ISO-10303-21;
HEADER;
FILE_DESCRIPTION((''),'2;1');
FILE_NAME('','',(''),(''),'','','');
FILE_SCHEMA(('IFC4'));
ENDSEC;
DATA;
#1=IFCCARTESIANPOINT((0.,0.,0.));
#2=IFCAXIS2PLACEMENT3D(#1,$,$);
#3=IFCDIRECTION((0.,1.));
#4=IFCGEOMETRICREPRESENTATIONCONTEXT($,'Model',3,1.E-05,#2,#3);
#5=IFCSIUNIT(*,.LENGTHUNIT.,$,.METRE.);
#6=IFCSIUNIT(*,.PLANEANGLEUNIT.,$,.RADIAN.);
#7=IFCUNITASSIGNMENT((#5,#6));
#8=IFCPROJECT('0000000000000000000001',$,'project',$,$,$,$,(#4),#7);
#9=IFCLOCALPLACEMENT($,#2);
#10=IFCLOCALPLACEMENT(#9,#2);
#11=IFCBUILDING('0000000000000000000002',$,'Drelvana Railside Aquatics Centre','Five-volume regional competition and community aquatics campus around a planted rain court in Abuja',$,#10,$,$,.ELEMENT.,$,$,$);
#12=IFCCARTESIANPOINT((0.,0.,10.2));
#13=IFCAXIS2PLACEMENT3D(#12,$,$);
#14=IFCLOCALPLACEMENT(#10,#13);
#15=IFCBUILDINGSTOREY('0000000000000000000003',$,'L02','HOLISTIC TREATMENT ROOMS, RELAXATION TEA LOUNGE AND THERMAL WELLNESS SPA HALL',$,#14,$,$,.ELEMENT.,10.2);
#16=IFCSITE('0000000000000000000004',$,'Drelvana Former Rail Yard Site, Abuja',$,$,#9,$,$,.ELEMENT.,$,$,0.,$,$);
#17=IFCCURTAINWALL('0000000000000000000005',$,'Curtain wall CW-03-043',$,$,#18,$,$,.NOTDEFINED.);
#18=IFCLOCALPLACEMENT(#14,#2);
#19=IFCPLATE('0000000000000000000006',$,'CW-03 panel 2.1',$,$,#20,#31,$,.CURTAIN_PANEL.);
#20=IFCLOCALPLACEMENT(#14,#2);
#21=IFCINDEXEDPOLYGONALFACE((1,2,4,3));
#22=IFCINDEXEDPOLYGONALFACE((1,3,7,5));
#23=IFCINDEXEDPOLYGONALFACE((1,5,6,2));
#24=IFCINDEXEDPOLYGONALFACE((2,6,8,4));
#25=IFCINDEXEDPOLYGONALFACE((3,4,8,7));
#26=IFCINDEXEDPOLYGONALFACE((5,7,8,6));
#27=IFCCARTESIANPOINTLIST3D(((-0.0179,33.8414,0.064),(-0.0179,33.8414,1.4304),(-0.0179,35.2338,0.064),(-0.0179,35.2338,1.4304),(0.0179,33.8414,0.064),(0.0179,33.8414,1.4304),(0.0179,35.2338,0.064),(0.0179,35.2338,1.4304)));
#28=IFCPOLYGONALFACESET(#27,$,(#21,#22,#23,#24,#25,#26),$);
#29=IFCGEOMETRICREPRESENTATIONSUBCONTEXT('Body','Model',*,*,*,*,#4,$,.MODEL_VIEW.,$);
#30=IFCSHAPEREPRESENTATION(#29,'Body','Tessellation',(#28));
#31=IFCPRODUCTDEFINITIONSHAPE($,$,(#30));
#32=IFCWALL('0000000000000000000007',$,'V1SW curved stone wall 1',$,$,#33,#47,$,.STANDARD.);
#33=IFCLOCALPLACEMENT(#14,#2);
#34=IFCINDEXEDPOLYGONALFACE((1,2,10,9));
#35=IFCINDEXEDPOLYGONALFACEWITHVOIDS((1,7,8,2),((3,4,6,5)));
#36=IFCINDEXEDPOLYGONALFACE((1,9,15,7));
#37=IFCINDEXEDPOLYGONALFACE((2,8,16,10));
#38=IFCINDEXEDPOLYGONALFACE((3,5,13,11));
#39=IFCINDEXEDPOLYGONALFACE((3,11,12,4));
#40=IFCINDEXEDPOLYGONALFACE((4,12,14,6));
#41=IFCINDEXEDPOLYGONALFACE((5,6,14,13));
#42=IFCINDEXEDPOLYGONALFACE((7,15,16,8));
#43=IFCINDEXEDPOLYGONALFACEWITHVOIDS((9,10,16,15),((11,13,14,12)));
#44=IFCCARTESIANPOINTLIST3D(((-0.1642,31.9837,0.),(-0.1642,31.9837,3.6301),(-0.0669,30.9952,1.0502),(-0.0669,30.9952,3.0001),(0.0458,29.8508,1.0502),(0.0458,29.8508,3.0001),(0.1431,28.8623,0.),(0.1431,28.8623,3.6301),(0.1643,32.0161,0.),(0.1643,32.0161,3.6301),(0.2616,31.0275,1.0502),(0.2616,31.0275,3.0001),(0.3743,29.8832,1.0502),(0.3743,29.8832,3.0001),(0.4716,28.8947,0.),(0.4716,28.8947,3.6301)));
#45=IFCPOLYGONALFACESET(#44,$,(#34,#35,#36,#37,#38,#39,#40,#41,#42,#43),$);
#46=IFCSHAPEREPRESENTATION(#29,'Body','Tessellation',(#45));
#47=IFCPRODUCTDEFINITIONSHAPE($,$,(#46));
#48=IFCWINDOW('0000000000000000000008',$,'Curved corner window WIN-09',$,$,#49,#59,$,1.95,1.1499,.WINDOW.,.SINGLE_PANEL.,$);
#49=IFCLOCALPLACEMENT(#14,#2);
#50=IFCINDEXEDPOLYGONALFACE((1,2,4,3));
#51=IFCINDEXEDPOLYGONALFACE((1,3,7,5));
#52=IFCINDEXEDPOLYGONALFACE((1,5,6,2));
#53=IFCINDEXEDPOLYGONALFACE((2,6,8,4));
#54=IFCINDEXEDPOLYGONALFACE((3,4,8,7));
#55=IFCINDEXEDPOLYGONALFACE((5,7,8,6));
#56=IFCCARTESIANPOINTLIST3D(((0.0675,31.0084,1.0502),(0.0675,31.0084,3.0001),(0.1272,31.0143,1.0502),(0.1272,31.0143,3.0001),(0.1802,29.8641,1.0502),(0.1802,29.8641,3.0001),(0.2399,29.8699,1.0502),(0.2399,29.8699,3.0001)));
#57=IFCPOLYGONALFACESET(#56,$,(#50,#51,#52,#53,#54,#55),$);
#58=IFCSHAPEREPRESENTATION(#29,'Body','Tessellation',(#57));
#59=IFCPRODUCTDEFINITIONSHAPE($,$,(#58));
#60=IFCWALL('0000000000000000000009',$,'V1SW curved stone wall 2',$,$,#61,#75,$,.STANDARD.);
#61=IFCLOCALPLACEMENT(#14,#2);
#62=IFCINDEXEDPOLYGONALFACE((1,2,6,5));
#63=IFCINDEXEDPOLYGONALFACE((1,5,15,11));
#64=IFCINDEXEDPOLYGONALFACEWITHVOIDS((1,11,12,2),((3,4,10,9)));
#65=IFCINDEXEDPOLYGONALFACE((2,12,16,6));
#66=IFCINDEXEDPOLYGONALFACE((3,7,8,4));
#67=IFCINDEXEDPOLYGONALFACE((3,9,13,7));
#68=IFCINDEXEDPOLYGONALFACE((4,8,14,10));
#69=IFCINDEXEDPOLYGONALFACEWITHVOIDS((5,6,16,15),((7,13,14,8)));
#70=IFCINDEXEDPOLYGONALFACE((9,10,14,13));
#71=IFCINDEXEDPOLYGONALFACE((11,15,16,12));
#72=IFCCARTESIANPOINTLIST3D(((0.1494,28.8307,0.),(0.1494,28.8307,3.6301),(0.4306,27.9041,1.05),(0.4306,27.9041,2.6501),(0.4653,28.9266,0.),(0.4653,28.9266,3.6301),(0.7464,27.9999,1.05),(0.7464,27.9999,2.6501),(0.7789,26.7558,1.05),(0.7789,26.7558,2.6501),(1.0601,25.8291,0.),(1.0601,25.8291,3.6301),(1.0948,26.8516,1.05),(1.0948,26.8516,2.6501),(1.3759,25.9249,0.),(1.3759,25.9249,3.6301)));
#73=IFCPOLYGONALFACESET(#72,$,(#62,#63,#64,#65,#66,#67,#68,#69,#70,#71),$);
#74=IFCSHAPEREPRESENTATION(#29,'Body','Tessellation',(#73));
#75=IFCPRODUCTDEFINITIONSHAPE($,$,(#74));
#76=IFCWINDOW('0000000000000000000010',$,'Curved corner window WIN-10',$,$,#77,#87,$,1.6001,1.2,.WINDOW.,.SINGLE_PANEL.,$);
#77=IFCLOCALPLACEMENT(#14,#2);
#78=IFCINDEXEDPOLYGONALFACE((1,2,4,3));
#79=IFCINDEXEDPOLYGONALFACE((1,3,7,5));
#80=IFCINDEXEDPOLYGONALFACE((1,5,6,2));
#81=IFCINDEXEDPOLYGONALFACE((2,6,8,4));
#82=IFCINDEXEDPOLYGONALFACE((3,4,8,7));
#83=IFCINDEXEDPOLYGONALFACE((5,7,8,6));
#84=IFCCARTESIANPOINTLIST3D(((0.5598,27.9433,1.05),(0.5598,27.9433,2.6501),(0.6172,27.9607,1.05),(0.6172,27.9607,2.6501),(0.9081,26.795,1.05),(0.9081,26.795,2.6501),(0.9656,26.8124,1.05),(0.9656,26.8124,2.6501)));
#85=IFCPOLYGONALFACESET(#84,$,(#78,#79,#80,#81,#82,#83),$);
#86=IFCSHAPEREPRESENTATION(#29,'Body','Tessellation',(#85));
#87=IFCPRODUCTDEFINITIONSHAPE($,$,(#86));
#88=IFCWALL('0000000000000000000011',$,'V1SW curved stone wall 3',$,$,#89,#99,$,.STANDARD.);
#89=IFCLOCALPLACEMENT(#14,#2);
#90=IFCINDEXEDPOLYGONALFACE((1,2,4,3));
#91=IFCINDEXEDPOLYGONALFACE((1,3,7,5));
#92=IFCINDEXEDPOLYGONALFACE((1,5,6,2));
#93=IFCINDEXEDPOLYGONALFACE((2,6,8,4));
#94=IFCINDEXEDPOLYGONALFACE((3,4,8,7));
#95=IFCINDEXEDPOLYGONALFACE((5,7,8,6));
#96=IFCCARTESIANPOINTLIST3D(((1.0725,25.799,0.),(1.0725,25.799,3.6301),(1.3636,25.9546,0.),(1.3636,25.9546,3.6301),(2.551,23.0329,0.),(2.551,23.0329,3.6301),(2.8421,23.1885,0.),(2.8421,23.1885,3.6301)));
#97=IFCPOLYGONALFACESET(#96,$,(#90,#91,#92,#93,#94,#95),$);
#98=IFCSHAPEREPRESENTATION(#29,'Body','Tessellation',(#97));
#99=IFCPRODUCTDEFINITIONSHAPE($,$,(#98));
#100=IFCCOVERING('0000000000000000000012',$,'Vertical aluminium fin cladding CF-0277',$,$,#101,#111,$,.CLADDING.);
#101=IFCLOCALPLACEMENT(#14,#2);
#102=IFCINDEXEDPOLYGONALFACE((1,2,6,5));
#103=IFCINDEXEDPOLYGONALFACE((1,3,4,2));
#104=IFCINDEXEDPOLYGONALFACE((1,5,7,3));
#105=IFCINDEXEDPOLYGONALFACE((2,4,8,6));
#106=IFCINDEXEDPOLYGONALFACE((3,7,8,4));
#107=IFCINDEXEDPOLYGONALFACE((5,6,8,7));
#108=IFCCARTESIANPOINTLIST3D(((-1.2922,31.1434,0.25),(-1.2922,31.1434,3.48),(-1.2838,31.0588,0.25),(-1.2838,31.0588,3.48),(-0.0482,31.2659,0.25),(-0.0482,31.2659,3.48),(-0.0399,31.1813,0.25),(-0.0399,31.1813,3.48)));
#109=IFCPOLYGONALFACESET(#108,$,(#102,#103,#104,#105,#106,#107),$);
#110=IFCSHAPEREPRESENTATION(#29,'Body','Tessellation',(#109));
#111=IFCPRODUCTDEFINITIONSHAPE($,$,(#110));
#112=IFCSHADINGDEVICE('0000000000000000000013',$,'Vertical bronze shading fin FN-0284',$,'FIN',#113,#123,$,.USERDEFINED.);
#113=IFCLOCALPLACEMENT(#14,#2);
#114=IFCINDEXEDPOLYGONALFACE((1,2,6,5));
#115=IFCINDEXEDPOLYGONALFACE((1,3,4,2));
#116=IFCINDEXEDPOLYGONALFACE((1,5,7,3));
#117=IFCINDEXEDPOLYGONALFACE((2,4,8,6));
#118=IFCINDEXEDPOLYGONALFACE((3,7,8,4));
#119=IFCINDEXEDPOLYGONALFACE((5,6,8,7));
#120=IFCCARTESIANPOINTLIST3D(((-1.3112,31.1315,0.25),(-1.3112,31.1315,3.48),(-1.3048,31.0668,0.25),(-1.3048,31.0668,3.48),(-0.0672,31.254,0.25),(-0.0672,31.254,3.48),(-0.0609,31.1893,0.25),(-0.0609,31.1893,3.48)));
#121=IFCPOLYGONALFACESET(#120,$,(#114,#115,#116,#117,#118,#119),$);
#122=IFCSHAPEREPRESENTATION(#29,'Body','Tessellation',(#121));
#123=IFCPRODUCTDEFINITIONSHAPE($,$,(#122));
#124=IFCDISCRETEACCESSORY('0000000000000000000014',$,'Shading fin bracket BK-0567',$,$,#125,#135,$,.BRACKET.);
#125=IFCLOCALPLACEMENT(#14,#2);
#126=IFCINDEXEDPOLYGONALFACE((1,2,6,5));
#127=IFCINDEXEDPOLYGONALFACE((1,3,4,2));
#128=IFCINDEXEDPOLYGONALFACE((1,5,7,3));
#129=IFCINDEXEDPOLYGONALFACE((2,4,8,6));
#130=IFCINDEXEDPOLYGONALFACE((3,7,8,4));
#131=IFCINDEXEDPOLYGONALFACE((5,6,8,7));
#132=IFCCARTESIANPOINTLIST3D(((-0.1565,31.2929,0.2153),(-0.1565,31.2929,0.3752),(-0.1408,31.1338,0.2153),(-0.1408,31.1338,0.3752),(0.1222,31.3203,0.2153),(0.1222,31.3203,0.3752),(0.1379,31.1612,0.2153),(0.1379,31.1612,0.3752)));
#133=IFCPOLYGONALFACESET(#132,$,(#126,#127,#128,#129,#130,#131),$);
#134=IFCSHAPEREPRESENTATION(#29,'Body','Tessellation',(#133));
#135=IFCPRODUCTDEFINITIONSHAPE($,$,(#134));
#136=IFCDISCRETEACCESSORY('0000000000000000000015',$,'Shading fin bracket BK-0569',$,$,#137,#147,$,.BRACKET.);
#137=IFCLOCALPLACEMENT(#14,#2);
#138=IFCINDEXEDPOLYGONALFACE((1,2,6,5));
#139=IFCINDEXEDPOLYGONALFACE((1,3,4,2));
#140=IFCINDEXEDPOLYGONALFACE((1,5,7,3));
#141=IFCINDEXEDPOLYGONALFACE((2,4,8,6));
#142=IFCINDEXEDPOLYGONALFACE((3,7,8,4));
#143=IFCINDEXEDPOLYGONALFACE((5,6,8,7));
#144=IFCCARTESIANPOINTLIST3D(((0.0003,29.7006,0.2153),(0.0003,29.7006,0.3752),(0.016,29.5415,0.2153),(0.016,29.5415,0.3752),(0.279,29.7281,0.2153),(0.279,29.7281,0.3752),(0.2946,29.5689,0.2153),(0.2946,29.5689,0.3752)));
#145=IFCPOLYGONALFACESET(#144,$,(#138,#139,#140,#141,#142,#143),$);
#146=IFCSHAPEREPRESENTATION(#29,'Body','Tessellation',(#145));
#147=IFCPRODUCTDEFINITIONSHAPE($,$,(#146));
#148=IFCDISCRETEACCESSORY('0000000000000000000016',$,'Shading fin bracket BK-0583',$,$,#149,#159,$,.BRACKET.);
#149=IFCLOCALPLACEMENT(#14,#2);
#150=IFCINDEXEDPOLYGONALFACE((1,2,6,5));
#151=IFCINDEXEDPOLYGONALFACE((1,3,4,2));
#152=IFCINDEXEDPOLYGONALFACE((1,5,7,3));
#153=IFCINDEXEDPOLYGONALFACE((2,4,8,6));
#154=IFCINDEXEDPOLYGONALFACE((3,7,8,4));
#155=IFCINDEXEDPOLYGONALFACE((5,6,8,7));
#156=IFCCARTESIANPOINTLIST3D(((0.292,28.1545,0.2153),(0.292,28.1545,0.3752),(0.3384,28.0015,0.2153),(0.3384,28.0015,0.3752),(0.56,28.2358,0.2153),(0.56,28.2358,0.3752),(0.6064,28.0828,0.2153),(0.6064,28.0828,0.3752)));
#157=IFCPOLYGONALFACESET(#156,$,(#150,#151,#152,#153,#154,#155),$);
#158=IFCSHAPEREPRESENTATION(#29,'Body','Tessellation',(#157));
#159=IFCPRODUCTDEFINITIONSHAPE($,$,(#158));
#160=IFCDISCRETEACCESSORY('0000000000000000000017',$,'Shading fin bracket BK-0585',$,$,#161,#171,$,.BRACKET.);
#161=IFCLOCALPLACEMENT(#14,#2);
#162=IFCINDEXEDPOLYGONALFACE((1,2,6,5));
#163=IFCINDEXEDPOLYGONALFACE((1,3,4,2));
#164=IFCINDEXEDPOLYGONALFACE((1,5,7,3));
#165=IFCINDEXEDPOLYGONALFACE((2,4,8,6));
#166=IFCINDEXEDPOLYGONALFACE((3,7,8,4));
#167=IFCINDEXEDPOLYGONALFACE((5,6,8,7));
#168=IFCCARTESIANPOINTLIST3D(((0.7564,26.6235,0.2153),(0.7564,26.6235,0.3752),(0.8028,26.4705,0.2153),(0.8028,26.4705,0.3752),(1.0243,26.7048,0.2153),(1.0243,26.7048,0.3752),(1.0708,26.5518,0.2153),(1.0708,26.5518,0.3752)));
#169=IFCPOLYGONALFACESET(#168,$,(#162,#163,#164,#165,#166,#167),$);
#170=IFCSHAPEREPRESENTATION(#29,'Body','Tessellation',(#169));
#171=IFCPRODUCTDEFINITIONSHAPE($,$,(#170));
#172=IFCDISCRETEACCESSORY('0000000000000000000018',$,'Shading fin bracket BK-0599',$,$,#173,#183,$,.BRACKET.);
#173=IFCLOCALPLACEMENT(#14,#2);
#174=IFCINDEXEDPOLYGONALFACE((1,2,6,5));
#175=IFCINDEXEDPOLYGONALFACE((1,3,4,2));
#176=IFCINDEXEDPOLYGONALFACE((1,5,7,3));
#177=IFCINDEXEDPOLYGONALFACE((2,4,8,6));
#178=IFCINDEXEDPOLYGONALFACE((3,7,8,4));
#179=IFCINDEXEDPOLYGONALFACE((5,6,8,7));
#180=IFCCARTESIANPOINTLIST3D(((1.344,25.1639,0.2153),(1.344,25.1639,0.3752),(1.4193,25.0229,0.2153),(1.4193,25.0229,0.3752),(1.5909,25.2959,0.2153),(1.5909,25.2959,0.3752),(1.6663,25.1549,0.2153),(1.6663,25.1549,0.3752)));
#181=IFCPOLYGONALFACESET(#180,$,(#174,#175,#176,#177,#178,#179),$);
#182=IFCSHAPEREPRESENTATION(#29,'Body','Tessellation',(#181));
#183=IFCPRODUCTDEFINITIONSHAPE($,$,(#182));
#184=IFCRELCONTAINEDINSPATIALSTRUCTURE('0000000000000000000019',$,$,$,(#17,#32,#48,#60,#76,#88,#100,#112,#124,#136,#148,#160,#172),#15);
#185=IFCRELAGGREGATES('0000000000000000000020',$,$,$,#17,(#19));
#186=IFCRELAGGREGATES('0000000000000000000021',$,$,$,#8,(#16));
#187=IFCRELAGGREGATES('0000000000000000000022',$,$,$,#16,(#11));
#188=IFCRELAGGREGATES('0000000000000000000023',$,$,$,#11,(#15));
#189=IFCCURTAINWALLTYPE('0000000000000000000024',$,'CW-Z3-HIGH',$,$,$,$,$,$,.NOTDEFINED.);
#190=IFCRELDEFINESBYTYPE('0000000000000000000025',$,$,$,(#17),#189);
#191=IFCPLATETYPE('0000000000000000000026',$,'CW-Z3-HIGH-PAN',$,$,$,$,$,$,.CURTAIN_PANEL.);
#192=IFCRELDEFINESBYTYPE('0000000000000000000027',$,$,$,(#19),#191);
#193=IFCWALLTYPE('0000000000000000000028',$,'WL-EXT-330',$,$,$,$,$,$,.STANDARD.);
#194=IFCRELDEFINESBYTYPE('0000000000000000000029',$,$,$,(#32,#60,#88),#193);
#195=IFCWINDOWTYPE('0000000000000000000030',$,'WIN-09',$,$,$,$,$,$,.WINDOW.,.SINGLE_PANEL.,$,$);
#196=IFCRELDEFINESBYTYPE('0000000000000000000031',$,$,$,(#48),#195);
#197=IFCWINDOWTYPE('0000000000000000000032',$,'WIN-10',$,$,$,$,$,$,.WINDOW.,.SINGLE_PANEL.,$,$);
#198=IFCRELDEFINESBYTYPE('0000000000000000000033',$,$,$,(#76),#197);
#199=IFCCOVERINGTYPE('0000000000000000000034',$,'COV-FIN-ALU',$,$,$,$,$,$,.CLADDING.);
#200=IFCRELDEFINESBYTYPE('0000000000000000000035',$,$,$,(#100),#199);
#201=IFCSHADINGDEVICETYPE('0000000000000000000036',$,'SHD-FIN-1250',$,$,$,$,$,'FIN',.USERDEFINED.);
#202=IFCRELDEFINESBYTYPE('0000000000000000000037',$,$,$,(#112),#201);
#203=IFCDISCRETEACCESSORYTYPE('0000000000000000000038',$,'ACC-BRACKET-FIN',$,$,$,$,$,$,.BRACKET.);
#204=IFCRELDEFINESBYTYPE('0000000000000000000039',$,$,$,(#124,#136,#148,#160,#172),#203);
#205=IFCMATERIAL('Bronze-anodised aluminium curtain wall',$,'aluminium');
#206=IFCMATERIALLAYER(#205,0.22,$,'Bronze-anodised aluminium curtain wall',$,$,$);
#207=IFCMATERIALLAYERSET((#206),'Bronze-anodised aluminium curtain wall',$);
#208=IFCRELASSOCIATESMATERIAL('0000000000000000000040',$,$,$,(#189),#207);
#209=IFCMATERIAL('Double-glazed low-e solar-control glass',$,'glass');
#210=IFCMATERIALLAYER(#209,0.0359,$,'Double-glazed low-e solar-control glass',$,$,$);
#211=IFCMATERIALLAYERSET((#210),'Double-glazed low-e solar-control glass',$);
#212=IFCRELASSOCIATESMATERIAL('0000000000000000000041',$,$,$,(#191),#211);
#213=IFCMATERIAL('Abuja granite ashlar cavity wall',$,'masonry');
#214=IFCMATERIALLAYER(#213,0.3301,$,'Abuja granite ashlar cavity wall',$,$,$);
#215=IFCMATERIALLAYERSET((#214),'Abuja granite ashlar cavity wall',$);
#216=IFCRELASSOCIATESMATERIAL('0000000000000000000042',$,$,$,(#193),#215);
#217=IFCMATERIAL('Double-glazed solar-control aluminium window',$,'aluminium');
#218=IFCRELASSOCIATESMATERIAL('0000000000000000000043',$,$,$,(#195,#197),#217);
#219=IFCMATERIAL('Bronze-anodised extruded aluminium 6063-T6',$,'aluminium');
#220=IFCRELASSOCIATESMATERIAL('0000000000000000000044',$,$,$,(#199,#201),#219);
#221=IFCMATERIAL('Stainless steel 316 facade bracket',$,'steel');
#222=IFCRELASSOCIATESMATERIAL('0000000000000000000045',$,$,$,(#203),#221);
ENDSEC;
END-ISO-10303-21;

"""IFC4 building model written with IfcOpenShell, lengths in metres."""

from ifc_helpers import new_model, si_unit, direction, frame, frame_2d, origin, origin_2d, place, context, subcontext, project, spatial, rectangle, extrude, material, layer, layer_set, type_object, element, fill, aggregate, save


model = new_model("IFC4")

# Units and contexts
model_context = context("Model", 3, precision=1e-05, world=origin(), true_north=direction((0.0, 1.0)))
body_context = subcontext(model_context, "Body", "Model", "MODEL_VIEW")
ifc_project = project(units=[si_unit("LENGTHUNIT", "METRE"), si_unit("PLANEANGLEUNIT", "RADIAN")], contexts=[model_context])

# Site, building, storey
site_placement = place(None, origin())
site = spatial("IfcSite", under=ifc_project, at=site_placement, Name="Drelvana Former Rail Yard Site, Abuja", CompositionType="ELEMENT", RefElevation=0.0)
building_placement = place(site_placement, origin())
building = spatial("IfcBuilding", under=site, at=building_placement, Name="Drelvana Railside Aquatics Centre", Description="Five-volume regional competition and community aquatics campus around a planted rain court in Abuja", CompositionType="ELEMENT")
storey_placement = place(building_placement, frame((0.0, 0.0, 10.2)))
storey = spatial("IfcBuildingStorey", under=building, at=storey_placement, Name="L02", Description="HOLISTIC TREATMENT ROOMS, RELAXATION TEA LOUNGE AND THERMAL WELLNESS SPA HALL", CompositionType="ELEMENT", Elevation=10.2)

# Curtain wall
ifc_material_1 = material(Name="Bronze-anodised aluminium curtain wall", Category="aluminium")
ifc_layer_1 = layer(ifc_material_1, 0.22, Name="Bronze-anodised aluminium curtain wall")
ifc_layer_set_1 = layer_set([ifc_layer_1], Name="Bronze-anodised aluminium curtain wall")
curtain_wall_type = type_object("IfcCurtainWallType", Name="CW-Z3-HIGH", PredefinedType="NOTDEFINED", material=ifc_layer_set_1)
curtain_wall_placement = place(storey_placement, origin())
curtain_wall = element("IfcCurtainWall", 1, at=curtain_wall_placement, inside=storey, type_object=curtain_wall_type, Name="Curtain wall CW-03-043", PredefinedType="NOTDEFINED")

# Plate
ifc_material_2 = material(Name="Double-glazed low-e solar-control glass", Category="glass")
ifc_layer_2 = layer(ifc_material_2, 0.0359, Name="Double-glazed low-e solar-control glass")
ifc_layer_set_2 = layer_set([ifc_layer_2], Name="Double-glazed low-e solar-control glass")
plate_type = type_object("IfcPlateType", Name="CW-Z3-HIGH-PAN", PredefinedType="CURTAIN_PANEL", material=ifc_layer_set_2)
plate_1_placement = place(storey_placement, frame((0.0, 34.5376, 0.064), z_axis=(0.0, 0.0, 1.0), x_axis=(0.0, 1.0, 0.0)))
plate_1 = element("IfcPlate", 2, at=plate_1_placement, type_object=plate_type, Name="CW-03 panel 2.1", PredefinedType="CURTAIN_PANEL", context=body_context, shape_type="SweptSolid", body=[
    extrude(rectangle(XDim=1.3923, YDim=0.0359, at=origin_2d()), origin(), (0.0, 0.0, 1.0), 1.3665),
])
aggregate(curtain_wall, [plate_1])

# Walls, openings, windows
ifc_material_3 = material(Name="Abuja granite ashlar cavity wall", Category="masonry")
ifc_layer_3 = layer(ifc_material_3, 0.3301, Name="Abuja granite ashlar cavity wall")
ifc_layer_set_3 = layer_set([ifc_layer_3], Name="Abuja granite ashlar cavity wall")
wall_type = type_object("IfcWallType", Name="WL-EXT-330", PredefinedType="STANDARD", material=ifc_layer_set_3)
wall_1_placement = place(storey_placement, frame((0.0, 32.0, 0.0), z_axis=(0.0, 0.0, 1.0), x_axis=(0.098001, -0.995186, 0.0)))
wall_1 = element("IfcWall", 3, at=wall_1_placement, inside=storey, type_object=wall_type, Name="V1SW curved stone wall 1", PredefinedType="STANDARD", context=body_context, shape_type="SweptSolid", body=[
    extrude(rectangle(XDim=3.1365, YDim=0.3301, at=frame_2d((1.5684, 0.0))), origin(), (0.0, 0.0, 1.0), 3.6301),
])
opening_1_placement = place(wall_1_placement, frame((0.9934, 0.0, 1.05)))
opening_1 = element("IfcOpeningElement", 4, at=opening_1_placement, cuts=wall_1, PredefinedType="OPENING", context=body_context, shape_type="SweptSolid", body=[
    extrude(rectangle(XDim=1.1499, YDim=1.95, at=frame_2d((0.575, 0.9751))), frame((0.0, 0.175, 0.0), z_axis=(0.0, -1.0, 0.0), x_axis=(1.0, 0.0, 0.0)), (0.0, 0.0, 1.0), 0.3501),
])
ifc_material_4 = material(Name="Double-glazed solar-control aluminium window", Category="aluminium")
window_type_1 = type_object("IfcWindowType", Name="WIN-09", PartitioningType="SINGLE_PANEL", PredefinedType="WINDOW", material=ifc_material_4)
window_1_placement = place(opening_1_placement, origin())
window_1 = element("IfcWindow", 5, at=window_1_placement, inside=storey, type_object=window_type_1, Name="Curved corner window WIN-09", OverallHeight=1.95, OverallWidth=1.1499, PartitioningType="SINGLE_PANEL", PredefinedType="WINDOW", context=body_context, shape_type="SweptSolid", body=[
    extrude(rectangle(XDim=1.1499, YDim=1.95, at=frame_2d((0.575, 0.9751))), frame((0.0, 0.03, 0.0), z_axis=(0.0, -1.0, 0.0), x_axis=(1.0, 0.0, 0.0)), (0.0, 0.0, 1.0), 0.0601),
])
fill(opening_1, window_1)
wall_2_placement = place(storey_placement, frame((0.3074, 28.8787, 0.0), z_axis=(0.0, 0.0, 1.0), x_axis=(0.29031, -0.956933, 0.0)))
wall_2 = element("IfcWall", 6, at=wall_2_placement, inside=storey, type_object=wall_type, Name="V1SW curved stone wall 2", PredefinedType="STANDARD", context=body_context, shape_type="SweptSolid", body=[
    extrude(rectangle(XDim=3.1367, YDim=0.3301, at=frame_2d((1.5684, 0.0))), origin(), (0.0, 0.0, 1.0), 3.6301),
])
opening_2_placement = place(wall_2_placement, frame((0.9683, 0.0, 1.05)))
opening_2 = element("IfcOpeningElement", 7, at=opening_2_placement, cuts=wall_2, PredefinedType="OPENING", context=body_context, shape_type="SweptSolid", body=[
    extrude(rectangle(XDim=1.2, YDim=1.6001, at=frame_2d((0.6001, 0.8))), frame((0.0, 0.175, 0.0), z_axis=(0.0, -1.0, 0.0), x_axis=(1.0, 0.0, 0.0)), (0.0, 0.0, 1.0), 0.3501),
])
window_type_2 = type_object("IfcWindowType", Name="WIN-10", PartitioningType="SINGLE_PANEL", PredefinedType="WINDOW", material=ifc_material_4)
window_2_placement = place(opening_2_placement, origin())
window_2 = element("IfcWindow", 8, at=window_2_placement, inside=storey, type_object=window_type_2, Name="Curved corner window WIN-10", OverallHeight=1.6001, OverallWidth=1.2, PartitioningType="SINGLE_PANEL", PredefinedType="WINDOW", context=body_context, shape_type="SweptSolid", body=[
    extrude(rectangle(XDim=1.2, YDim=1.6001, at=frame_2d((0.6001, 0.8))), frame((0.0, 0.03, 0.0), z_axis=(0.0, -1.0, 0.0), x_axis=(1.0, 0.0, 0.0)), (0.0, 0.0, 1.0), 0.0601),
])
fill(opening_2, window_2)

# Wall
wall_3_placement = place(storey_placement, frame((1.218, 25.877, 0.0), z_axis=(0.0, 0.0, 1.0), x_axis=(0.471396, -0.881922, 0.0)))
element("IfcWall", 9, at=wall_3_placement, inside=storey, type_object=wall_type, Name="V1SW curved stone wall 3", PredefinedType="STANDARD", context=body_context, shape_type="SweptSolid", body=[
    extrude(rectangle(XDim=3.1365, YDim=0.3301, at=frame_2d((1.5684, 0.0))), origin(), (0.0, 0.0, 1.0), 3.6301),
])

# Covering
ifc_material_5 = material(Name="Bronze-anodised extruded aluminium 6063-T6", Category="aluminium")
covering_type = type_object("IfcCoveringType", Name="COV-FIN-ALU", PredefinedType="CLADDING", material=ifc_material_5)
covering_placement = place(storey_placement, frame((-0.666, 31.1624, 0.25), z_axis=(0.0, 0.0, 1.0), x_axis=(-0.098017, 0.995185, 0.0)))
element("IfcCovering", 10, at=covering_placement, inside=storey, type_object=covering_type, Name="Vertical aluminium fin cladding CF-0277", PredefinedType="CLADDING", context=body_context, shape_type="SweptSolid", body=[
    extrude(rectangle(XDim=0.085, YDim=1.25, at=origin_2d()), origin(), (0.0, 0.0, 1.0), 3.23),
])

# Shading device
shading_device_type = type_object("IfcShadingDeviceType", Name="SHD-FIN-1250", ElementType="FIN", PredefinedType="USERDEFINED", material=ifc_material_5)
shading_device_placement = place(storey_placement, frame((-0.686, 31.1604, 0.25), z_axis=(0.0, 0.0, 1.0), x_axis=(-0.995185, -0.098017, 0.0)))
element("IfcShadingDevice", 11, at=shading_device_placement, inside=storey, type_object=shading_device_type, Name="Vertical bronze shading fin FN-0284", ObjectType="FIN", PredefinedType="USERDEFINED", context=body_context, shape_type="SweptSolid", body=[
    extrude(rectangle(XDim=1.25, YDim=0.0649, at=origin_2d()), origin(), (0.0, 0.0, 1.0), 3.23),
])

# Discrete accessories
ifc_material_6 = material(Name="Stainless steel 316 facade bracket", Category="steel")
discrete_accessory_type = type_object("IfcDiscreteAccessoryType", Name="ACC-BRACKET-FIN", PredefinedType="BRACKET", material=ifc_material_6)
for number, where, z_axis, x_axis, name in (
    (12, (-0.0093, 31.2271, 0.2153), (0.0, 0.0, 1.0), (-0.995185, -0.098017, 0.0), "Shading fin bracket BK-0567"),
    (13, (0.1475, 29.6348, 0.2153), (0.0, 0.0, 1.0), (-0.995185, -0.098017, 0.0), "Shading fin bracket BK-0569"),
    (14, (0.4492, 28.1187, 0.2153), (0.0, 0.0, 1.0), (-0.95694, -0.290285, 0.0), "Shading fin bracket BK-0583"),
    (15, (0.9136, 26.5876, 0.2153), (0.0, 0.0, 1.0), (-0.95694, -0.290285, 0.0), "Shading fin bracket BK-0585"),
    (16, (1.5051, 25.1594, 0.2153), (0.0, 0.0, 1.0), (-0.881921, -0.471397, 0.0), "Shading fin bracket BK-0599"),
):
    element("IfcDiscreteAccessory", number, at=place(storey_placement, frame(where, z_axis=z_axis, x_axis=x_axis)), inside=storey, type_object=discrete_accessory_type, Name=name, PredefinedType="BRACKET", context=body_context, shape_type="SweptSolid", body=[
        extrude(rectangle(XDim=0.28, YDim=0.1599, at=origin_2d()), origin(), (0.0, 0.0, 1.0), 0.1599),
    ])

save(model, "model.ifc")
